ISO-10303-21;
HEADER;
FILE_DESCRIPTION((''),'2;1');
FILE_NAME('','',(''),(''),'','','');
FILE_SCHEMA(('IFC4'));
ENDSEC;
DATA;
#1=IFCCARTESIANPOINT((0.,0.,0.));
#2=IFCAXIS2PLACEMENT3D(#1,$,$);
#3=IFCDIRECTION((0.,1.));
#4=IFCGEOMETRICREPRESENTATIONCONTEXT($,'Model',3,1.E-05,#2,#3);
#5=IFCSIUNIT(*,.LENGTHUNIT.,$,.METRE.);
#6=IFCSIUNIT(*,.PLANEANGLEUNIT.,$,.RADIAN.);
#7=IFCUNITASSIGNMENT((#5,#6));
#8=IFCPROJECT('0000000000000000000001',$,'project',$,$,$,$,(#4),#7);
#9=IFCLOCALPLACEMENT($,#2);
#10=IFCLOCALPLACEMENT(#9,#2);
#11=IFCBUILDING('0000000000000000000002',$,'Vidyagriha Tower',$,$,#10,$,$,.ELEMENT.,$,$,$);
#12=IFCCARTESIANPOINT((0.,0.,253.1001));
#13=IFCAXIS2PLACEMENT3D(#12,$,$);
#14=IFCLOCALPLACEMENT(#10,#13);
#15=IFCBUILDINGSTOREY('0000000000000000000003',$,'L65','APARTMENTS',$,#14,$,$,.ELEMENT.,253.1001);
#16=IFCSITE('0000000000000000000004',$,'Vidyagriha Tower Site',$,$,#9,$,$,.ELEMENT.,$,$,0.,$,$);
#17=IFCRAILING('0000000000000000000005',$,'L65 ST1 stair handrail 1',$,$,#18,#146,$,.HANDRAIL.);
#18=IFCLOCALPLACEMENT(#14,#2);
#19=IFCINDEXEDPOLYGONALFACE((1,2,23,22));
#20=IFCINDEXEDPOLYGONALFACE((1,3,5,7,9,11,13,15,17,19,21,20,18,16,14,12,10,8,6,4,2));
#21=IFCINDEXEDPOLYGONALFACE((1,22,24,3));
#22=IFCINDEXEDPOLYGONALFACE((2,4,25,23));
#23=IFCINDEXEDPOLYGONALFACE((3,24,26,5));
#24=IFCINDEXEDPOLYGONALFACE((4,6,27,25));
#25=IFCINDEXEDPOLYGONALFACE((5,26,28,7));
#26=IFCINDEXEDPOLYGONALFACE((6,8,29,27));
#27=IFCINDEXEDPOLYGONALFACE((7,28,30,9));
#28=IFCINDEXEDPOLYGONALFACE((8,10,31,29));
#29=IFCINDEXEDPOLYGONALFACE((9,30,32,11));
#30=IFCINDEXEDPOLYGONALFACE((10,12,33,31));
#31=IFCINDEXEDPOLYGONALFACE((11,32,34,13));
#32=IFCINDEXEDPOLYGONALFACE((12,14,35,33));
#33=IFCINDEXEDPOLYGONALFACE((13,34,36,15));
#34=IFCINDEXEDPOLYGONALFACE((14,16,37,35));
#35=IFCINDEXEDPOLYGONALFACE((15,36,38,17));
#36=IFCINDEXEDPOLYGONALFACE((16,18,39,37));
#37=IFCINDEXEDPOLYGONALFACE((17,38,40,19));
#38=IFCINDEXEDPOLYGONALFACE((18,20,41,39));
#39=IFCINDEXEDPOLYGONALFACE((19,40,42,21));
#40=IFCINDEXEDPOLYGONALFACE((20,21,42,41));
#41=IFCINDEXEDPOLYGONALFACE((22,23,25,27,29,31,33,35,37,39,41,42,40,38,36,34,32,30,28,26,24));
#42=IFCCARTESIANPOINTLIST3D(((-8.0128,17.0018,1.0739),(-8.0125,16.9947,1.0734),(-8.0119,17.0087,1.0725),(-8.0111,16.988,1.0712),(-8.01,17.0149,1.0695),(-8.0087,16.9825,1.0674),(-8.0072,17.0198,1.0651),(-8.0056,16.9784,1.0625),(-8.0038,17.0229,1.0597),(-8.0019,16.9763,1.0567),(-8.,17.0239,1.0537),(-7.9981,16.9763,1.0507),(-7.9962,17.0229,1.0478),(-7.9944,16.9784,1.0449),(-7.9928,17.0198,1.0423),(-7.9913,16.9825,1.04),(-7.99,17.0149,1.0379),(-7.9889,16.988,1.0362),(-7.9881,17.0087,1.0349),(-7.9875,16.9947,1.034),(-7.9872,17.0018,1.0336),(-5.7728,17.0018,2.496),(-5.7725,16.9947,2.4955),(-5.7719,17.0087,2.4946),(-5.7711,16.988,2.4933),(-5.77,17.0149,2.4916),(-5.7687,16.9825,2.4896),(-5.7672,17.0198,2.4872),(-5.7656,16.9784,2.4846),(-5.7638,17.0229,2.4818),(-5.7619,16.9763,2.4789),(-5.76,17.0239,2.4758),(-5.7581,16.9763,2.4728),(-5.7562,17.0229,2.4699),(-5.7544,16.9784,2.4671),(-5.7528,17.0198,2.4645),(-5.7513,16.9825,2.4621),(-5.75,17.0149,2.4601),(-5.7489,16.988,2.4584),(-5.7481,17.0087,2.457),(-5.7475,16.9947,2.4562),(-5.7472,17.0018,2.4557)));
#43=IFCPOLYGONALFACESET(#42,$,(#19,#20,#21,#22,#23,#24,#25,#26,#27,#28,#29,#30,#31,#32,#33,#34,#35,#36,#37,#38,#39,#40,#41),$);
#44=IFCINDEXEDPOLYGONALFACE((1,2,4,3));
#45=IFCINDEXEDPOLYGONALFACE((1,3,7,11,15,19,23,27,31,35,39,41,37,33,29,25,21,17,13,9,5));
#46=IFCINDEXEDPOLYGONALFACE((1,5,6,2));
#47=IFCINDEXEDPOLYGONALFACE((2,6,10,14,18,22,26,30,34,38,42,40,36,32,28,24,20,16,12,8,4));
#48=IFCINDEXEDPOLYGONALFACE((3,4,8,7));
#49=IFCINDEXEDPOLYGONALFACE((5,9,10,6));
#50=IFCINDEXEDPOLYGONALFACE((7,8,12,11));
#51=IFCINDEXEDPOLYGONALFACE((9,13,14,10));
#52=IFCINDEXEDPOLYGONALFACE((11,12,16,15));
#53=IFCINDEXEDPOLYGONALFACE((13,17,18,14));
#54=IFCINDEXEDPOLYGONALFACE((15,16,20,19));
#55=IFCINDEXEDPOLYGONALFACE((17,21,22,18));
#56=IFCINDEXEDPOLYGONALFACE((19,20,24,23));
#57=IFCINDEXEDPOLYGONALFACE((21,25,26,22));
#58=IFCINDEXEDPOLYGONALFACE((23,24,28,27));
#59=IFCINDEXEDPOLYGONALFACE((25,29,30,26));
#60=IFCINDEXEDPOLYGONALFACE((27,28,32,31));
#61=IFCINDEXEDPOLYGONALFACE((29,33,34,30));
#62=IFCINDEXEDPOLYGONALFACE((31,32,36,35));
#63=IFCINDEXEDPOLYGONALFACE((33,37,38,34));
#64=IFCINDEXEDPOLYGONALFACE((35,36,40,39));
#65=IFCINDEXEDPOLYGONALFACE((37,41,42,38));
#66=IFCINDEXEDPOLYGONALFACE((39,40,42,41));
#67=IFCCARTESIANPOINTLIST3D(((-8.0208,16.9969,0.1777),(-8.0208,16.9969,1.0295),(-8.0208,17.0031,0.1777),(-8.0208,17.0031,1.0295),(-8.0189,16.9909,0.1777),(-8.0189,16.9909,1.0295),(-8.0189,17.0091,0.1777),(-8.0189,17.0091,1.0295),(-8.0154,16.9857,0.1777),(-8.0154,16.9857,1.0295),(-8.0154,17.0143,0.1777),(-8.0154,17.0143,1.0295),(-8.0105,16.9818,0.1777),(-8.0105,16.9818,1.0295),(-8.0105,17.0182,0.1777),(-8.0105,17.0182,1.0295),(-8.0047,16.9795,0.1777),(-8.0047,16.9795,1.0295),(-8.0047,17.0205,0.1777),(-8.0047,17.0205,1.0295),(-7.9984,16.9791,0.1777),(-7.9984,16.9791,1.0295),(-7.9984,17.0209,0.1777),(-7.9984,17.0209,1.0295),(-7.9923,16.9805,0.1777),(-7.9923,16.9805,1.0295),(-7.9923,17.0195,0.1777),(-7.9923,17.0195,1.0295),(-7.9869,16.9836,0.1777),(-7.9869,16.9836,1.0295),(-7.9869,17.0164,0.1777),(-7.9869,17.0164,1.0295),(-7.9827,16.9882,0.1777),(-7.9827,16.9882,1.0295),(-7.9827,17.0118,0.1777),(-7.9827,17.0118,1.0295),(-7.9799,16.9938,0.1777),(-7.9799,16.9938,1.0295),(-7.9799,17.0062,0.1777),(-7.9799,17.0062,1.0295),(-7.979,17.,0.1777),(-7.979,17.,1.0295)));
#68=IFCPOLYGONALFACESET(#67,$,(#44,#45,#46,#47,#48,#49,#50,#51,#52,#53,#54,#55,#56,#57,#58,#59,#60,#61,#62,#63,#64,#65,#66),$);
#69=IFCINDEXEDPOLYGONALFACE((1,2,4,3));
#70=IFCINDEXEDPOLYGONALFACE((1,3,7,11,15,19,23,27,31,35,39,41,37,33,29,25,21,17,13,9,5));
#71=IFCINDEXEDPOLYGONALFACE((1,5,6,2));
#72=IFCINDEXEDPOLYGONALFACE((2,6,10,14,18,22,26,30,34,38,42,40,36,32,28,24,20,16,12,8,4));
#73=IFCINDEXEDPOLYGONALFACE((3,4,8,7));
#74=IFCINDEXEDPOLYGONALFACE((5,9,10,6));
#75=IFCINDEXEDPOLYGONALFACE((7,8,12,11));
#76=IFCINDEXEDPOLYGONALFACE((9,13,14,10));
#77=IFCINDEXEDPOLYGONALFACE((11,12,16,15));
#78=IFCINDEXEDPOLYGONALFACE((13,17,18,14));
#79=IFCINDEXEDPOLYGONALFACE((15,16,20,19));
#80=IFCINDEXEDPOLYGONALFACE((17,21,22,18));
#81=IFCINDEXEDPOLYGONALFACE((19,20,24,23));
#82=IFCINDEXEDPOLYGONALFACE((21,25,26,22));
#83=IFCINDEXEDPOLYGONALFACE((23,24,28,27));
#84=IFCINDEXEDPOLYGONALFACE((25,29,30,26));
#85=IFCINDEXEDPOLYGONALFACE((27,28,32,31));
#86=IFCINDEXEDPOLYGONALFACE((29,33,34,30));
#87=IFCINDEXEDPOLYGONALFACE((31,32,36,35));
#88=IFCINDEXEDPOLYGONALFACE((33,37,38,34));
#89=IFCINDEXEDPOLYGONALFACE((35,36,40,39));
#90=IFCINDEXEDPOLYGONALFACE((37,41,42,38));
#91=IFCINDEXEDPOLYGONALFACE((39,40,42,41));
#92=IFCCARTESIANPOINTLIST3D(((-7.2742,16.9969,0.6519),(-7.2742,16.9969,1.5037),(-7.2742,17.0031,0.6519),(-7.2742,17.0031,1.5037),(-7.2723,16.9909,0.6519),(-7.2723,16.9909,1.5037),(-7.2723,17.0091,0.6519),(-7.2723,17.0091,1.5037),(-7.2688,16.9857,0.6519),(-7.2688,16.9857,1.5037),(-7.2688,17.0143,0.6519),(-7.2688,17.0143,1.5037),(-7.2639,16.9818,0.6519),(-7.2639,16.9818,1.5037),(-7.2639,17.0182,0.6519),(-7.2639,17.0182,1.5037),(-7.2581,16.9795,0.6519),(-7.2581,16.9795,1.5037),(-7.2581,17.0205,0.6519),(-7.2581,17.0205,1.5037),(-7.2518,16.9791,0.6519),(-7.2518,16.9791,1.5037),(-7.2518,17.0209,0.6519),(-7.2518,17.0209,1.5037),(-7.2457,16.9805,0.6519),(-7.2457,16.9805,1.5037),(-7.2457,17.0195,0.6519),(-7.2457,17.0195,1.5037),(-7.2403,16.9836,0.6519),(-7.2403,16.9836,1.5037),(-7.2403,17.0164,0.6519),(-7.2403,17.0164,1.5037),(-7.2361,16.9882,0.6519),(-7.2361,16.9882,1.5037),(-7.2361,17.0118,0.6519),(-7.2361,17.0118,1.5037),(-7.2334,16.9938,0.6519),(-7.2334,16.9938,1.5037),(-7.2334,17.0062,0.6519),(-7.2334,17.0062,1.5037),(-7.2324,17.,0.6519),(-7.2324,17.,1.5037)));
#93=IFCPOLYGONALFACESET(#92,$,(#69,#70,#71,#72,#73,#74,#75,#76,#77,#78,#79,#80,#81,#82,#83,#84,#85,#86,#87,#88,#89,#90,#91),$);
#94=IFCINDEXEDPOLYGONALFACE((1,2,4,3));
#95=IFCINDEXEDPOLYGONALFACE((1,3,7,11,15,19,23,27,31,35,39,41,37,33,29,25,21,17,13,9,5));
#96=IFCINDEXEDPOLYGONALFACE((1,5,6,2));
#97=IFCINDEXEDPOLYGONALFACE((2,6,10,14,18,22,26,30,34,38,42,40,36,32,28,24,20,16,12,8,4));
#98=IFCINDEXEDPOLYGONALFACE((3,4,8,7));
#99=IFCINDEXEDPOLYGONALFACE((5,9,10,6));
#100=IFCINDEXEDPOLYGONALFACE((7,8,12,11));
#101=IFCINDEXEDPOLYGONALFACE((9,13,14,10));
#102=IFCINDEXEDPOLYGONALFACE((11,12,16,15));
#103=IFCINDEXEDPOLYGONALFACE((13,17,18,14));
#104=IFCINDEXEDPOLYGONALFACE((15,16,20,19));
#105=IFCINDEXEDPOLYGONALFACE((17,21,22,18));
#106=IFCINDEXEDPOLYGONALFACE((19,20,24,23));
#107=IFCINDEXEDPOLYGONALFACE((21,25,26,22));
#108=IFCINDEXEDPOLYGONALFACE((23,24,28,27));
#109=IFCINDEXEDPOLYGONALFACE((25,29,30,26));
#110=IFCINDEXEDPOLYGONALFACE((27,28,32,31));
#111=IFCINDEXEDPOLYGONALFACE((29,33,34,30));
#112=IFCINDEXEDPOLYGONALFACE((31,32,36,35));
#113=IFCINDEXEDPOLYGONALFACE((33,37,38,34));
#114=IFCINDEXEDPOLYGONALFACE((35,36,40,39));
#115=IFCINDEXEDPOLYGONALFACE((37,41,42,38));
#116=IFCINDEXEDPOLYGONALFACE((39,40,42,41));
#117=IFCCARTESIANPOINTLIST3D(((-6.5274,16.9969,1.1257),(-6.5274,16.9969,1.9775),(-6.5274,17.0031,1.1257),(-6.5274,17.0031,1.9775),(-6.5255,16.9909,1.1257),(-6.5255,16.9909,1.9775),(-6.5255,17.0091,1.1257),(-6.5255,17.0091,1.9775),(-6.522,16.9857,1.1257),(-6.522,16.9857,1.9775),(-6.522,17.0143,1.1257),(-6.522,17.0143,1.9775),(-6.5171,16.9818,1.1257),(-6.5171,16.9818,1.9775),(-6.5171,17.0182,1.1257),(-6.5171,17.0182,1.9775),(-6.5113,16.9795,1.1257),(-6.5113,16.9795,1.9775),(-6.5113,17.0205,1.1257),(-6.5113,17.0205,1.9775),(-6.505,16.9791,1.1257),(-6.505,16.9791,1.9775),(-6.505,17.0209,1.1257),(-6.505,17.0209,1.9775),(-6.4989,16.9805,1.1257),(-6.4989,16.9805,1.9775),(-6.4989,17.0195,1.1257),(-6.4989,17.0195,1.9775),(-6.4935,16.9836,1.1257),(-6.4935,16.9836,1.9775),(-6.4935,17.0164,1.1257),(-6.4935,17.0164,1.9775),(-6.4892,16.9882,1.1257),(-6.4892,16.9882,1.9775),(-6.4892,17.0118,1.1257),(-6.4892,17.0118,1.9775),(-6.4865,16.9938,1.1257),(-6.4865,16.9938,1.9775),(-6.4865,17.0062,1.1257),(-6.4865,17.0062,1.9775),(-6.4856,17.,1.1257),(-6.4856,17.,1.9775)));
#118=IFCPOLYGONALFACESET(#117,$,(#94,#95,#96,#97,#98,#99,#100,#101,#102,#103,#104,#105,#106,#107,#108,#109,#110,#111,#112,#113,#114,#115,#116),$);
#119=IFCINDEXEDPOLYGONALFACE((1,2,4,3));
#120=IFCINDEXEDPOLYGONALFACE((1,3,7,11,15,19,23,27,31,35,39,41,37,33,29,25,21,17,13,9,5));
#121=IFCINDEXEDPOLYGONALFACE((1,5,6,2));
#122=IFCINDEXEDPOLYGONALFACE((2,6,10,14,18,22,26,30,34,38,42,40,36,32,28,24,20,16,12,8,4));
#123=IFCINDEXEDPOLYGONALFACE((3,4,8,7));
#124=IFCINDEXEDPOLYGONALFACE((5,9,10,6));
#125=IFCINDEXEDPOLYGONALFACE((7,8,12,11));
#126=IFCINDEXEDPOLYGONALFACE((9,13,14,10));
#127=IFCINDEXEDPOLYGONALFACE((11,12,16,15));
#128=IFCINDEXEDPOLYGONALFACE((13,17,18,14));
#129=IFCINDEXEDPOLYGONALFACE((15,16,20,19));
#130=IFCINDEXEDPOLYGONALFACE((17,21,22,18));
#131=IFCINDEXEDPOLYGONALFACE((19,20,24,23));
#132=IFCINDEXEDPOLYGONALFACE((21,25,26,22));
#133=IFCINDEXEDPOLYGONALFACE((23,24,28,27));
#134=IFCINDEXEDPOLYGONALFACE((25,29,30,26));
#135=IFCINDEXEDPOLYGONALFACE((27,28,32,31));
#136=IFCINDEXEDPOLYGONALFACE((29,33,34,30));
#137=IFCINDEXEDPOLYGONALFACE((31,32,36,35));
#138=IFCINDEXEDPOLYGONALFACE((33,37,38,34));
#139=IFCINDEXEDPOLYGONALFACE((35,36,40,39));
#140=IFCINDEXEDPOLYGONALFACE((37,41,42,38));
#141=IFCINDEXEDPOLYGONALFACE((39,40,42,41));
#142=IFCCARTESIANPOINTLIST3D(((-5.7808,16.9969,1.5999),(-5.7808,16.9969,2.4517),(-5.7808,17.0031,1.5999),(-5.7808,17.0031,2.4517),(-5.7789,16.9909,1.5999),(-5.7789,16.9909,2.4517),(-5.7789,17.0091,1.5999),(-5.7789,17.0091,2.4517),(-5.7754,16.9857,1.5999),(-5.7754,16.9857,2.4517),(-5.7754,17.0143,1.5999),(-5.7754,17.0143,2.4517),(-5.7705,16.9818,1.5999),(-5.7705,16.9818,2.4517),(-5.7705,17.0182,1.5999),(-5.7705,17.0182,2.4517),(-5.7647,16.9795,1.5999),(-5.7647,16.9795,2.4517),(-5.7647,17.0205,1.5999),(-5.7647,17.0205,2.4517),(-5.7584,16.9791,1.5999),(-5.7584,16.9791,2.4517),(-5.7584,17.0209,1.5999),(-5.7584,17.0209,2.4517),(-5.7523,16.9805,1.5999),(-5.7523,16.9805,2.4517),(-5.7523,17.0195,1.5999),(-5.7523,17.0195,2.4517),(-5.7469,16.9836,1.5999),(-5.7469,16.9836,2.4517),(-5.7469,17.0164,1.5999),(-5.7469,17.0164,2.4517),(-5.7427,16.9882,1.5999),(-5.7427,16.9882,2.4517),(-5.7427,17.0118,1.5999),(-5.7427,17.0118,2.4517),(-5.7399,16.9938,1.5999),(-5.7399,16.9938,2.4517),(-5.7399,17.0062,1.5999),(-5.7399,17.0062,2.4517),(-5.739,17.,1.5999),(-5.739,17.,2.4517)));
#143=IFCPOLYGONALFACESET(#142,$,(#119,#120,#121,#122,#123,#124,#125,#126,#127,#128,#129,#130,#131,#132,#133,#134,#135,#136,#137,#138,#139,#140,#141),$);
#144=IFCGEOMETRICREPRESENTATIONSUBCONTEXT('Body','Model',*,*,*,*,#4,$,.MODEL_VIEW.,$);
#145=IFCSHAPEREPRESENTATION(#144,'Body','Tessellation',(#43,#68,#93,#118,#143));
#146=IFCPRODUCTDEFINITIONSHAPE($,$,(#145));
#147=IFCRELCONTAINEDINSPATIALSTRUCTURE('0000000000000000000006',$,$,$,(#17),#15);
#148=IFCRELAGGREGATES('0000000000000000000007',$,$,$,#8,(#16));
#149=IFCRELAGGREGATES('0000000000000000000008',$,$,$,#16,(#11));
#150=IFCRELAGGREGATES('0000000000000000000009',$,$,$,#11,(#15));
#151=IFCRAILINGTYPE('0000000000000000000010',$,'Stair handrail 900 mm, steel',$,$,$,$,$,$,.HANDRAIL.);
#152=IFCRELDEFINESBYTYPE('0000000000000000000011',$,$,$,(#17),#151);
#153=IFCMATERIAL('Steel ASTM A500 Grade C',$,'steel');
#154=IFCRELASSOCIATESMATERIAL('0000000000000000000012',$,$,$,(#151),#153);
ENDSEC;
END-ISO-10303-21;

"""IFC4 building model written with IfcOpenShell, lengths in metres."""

from ifc_helpers import new_model, si_unit, direction, frame, origin, origin_2d, place, context, subcontext, project, spatial, circle, extrude, material, type_object, element, save


model = new_model("IFC4")

# Units and contexts
model_context = context("Model", 3, precision=1e-05, world=origin(), true_north=direction((0.0, 1.0)))
body_context = subcontext(model_context, "Body", "Model", "MODEL_VIEW")
ifc_project = project(units=[si_unit("LENGTHUNIT", "METRE"), si_unit("PLANEANGLEUNIT", "RADIAN")], contexts=[model_context])

# Site, building, storey
site_placement = place(None, origin())
site = spatial("IfcSite", under=ifc_project, at=site_placement, Name="Vidyagriha Tower Site", CompositionType="ELEMENT", RefElevation=0.0)
building_placement = place(site_placement, origin())
building = spatial("IfcBuilding", under=site, at=building_placement, Name="Vidyagriha Tower", CompositionType="ELEMENT")
storey_placement = place(building_placement, frame((0.0, 0.0, 253.1001)))
storey = spatial("IfcBuildingStorey", under=building, at=storey_placement, Name="L65", Description="APARTMENTS", CompositionType="ELEMENT", Elevation=253.1001)

# Railing
ifc_material_1 = material(Name="Steel ASTM A500 Grade C", Category="steel")
railing_type = type_object("IfcRailingType", Name="Stair handrail 900 mm, steel", PredefinedType="HANDRAIL", material=ifc_material_1)
for number, where, name in (
    (1, (-8.0, 17.0, 0.1777), "L65 ST1 stair handrail 1"),
):
    element("IfcRailing", number, at=place(storey_placement, frame(where)), inside=storey, type_object=railing_type, Name=name, PredefinedType="HANDRAIL", context=body_context, shape_type="SweptSolid", body=[
        extrude(circle(Radius=0.0239, at=origin_2d()), frame((0.0, 0.0, 0.876), z_axis=(0.844229, 0.0, 0.535982), x_axis=(0.0, 1.0, 0.0)), (0.0, 0.0, 1.0), 2.6533),
        extrude(circle(Radius=0.021, at=origin_2d()), origin(), (0.0, 0.0, 1.0), 0.8518),
        extrude(circle(Radius=0.021, at=origin_2d()), frame((0.7466, 0.0, 0.4741)), (0.0, 0.0, 1.0), 0.8518),
        extrude(circle(Radius=0.021, at=origin_2d()), frame((1.4934, 0.0, 0.948)), (0.0, 0.0, 1.0), 0.8518),
        extrude(circle(Radius=0.021, at=origin_2d()), frame((2.24, 0.0, 1.4221)), (0.0, 0.0, 1.0), 0.8518),
    ])

save(model, "model.ifc")
